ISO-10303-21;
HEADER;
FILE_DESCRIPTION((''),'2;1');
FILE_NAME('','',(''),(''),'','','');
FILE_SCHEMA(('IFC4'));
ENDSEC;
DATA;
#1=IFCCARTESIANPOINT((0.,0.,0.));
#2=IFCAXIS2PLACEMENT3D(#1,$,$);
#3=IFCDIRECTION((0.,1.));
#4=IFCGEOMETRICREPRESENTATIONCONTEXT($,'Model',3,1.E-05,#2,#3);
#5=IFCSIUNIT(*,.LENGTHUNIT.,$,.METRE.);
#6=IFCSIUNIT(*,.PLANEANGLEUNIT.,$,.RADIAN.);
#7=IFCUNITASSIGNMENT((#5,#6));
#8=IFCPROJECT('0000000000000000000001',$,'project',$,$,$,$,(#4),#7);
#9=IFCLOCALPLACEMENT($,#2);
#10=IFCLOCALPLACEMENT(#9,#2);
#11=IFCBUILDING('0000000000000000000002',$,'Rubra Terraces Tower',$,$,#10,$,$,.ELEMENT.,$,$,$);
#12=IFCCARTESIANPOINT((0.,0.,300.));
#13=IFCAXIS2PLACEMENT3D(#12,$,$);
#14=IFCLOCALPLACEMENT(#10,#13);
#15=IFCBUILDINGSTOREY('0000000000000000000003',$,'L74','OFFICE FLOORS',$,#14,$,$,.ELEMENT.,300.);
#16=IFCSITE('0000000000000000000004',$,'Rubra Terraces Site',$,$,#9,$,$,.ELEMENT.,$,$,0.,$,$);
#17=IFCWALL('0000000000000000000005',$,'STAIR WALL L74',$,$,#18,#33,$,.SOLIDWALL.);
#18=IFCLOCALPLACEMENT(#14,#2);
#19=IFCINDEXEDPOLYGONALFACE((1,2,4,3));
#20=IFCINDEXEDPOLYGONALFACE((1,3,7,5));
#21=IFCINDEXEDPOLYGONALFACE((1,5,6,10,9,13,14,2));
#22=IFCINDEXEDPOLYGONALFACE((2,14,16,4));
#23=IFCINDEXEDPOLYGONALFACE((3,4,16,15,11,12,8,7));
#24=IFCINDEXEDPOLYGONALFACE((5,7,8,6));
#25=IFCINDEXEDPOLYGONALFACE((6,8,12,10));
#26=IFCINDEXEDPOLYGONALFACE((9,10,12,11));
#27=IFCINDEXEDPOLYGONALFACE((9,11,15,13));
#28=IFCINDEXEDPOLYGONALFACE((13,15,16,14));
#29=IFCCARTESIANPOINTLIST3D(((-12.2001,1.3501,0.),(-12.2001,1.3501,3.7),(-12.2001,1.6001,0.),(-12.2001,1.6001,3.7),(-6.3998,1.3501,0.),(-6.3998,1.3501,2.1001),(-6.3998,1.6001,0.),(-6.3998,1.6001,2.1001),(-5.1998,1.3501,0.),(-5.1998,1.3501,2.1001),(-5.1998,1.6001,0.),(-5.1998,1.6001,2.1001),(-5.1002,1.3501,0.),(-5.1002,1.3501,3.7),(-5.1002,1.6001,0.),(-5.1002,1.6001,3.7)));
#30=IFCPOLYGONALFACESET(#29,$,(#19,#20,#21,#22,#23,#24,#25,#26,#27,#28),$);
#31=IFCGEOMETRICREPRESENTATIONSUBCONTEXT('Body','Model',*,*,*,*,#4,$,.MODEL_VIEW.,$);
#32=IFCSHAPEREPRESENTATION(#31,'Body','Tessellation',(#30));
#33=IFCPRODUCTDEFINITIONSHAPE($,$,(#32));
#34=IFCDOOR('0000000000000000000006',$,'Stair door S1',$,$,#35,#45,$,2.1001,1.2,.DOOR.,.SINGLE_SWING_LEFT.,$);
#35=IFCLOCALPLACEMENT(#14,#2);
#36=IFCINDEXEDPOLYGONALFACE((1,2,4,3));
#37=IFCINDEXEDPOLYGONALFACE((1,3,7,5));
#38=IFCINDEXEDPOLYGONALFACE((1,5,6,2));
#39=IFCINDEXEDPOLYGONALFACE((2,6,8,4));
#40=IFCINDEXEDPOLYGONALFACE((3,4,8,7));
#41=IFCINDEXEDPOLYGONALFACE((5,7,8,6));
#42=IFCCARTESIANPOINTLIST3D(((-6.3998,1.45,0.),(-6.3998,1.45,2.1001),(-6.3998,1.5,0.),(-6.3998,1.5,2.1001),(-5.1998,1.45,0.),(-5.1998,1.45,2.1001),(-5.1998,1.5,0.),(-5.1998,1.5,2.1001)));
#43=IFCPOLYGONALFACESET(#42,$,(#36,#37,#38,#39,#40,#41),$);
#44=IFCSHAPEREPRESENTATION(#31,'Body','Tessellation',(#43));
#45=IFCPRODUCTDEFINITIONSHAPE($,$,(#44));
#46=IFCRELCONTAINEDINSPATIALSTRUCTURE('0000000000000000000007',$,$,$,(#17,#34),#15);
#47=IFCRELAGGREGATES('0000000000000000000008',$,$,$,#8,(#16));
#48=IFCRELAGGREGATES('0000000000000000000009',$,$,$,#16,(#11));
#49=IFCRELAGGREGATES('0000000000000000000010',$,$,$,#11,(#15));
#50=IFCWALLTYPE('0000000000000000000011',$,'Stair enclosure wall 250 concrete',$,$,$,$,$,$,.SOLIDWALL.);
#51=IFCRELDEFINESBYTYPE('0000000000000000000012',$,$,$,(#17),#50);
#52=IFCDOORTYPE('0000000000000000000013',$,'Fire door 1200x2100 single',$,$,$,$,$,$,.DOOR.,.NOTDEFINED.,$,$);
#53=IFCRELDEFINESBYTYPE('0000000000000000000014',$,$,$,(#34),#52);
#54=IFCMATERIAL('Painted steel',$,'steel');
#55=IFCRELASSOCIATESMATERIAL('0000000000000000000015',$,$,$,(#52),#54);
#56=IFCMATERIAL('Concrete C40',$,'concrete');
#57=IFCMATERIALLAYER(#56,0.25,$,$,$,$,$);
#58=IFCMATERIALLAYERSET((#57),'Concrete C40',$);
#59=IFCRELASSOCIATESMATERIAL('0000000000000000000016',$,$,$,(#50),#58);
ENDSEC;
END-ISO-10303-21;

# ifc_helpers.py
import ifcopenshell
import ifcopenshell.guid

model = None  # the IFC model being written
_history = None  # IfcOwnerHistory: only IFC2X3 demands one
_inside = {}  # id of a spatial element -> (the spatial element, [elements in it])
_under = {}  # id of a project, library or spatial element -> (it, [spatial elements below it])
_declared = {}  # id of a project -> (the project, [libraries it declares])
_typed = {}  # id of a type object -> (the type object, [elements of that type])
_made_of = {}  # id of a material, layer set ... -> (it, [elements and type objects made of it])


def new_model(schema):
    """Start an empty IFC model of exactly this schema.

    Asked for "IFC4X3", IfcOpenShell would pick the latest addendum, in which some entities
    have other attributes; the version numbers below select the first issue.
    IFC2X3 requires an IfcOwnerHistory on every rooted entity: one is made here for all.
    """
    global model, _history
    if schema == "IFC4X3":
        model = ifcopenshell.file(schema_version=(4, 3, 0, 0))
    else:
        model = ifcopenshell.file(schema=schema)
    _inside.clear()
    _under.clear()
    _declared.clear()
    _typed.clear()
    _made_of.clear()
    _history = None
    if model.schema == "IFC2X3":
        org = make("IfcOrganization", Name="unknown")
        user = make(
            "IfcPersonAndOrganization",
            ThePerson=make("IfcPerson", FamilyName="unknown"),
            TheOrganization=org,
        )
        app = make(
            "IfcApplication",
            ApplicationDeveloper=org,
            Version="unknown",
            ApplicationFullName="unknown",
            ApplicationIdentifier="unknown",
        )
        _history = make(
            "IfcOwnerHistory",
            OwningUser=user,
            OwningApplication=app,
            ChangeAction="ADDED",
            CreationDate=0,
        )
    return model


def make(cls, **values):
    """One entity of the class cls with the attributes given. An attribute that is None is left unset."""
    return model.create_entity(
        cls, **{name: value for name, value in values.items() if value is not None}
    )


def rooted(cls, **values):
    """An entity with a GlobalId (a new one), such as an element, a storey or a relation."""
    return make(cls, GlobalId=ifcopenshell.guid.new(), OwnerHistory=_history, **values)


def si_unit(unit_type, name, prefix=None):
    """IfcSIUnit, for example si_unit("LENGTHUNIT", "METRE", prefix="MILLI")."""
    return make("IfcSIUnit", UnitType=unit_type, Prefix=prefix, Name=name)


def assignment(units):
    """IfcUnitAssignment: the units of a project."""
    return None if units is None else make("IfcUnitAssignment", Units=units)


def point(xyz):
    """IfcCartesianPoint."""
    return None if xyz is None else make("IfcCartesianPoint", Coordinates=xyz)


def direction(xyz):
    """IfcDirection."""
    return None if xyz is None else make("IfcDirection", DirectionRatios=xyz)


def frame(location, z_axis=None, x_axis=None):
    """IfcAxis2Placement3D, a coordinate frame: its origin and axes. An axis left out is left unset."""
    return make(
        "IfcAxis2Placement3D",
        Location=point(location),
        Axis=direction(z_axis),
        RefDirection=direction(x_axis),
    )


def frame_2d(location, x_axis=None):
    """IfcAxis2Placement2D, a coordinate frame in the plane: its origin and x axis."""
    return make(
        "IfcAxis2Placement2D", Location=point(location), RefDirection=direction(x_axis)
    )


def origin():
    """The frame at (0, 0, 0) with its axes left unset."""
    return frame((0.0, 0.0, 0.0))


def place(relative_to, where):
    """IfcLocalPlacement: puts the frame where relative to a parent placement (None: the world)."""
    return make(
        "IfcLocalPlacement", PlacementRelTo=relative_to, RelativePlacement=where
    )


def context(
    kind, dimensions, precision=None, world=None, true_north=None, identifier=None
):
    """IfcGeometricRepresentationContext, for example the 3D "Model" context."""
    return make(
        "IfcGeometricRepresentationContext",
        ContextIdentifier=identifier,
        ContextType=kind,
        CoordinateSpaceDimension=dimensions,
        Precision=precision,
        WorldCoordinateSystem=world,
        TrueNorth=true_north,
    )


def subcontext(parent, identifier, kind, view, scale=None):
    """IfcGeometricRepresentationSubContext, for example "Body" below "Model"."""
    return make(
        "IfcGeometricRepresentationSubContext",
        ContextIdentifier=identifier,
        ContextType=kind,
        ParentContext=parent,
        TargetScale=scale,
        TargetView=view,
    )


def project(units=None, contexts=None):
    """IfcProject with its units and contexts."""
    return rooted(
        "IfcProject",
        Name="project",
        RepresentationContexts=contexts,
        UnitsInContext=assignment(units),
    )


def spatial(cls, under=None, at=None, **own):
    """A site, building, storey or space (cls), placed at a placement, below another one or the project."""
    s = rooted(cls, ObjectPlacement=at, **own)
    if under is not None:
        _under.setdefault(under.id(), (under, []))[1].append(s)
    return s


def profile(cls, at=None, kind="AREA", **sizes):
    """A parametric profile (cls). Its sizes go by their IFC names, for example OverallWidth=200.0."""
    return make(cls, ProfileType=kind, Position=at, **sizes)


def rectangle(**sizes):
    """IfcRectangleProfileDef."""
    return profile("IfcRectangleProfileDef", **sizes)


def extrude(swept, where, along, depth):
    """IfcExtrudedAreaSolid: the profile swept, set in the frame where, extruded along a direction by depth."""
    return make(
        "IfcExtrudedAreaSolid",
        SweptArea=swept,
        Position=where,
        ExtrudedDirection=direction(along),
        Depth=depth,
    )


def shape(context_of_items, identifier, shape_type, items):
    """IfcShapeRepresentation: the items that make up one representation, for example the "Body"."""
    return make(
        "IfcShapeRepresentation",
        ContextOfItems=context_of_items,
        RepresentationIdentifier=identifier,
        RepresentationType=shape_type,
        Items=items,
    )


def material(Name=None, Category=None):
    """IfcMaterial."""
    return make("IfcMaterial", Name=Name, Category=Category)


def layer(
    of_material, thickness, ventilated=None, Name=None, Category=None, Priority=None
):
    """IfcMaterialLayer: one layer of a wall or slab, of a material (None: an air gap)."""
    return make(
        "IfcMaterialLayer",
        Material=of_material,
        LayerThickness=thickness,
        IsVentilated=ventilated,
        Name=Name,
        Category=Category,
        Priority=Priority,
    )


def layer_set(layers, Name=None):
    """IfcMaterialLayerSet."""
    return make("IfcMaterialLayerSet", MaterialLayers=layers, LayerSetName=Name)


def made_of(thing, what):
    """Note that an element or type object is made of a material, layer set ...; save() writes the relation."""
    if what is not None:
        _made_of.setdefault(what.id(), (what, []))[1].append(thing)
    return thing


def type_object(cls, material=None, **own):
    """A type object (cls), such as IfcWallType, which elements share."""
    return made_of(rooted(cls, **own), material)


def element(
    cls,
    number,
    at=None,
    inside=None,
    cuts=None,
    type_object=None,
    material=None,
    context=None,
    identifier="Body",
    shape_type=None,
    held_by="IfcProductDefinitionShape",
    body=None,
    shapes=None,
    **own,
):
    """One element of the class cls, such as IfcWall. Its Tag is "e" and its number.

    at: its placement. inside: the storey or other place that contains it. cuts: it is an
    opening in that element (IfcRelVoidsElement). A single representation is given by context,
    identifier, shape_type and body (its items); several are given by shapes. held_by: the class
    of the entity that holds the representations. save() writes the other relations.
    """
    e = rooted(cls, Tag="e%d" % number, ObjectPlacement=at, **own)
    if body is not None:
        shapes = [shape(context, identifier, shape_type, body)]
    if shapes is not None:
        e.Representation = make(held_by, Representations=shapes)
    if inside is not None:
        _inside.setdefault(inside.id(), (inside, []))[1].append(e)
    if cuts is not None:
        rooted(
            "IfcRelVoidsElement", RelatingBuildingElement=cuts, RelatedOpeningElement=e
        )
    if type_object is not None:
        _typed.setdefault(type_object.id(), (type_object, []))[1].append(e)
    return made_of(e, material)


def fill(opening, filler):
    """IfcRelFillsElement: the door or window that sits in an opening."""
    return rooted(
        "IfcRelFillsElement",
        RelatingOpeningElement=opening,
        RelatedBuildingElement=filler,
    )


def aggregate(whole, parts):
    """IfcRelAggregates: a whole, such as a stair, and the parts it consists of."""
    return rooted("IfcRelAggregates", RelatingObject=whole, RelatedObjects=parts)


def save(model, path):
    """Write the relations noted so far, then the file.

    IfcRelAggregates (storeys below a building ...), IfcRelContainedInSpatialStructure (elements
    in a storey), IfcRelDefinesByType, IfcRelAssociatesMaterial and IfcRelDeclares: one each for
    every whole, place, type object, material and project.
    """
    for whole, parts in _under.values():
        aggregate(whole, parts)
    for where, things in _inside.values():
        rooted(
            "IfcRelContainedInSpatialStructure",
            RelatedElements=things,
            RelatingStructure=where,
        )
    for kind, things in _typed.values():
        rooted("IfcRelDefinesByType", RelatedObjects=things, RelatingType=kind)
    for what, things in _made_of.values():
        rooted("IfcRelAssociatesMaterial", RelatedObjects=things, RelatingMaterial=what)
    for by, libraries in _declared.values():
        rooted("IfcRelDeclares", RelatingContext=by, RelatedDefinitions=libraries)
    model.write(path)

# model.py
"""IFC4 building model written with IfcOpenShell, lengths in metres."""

from ifc_helpers import new_model, si_unit, direction, frame, frame_2d, origin, place, context, subcontext, project, spatial, rectangle, extrude, material, layer, layer_set, type_object, element, fill, save


model = new_model("IFC4")

# Units and contexts
model_context = context("Model", 3, precision=1e-05, world=origin(), true_north=direction((0.0, 1.0)))
body_context = subcontext(model_context, "Body", "Model", "MODEL_VIEW")
ifc_project = project(units=[si_unit("LENGTHUNIT", "METRE"), si_unit("PLANEANGLEUNIT", "RADIAN")], contexts=[model_context])

# Site, building, storey
site_placement = place(None, origin())
site = spatial("IfcSite", under=ifc_project, at=site_placement, Name="Rubra Terraces Site", CompositionType="ELEMENT", RefElevation=0.0)
building_placement = place(site_placement, origin())
building = spatial("IfcBuilding", under=site, at=building_placement, Name="Rubra Terraces Tower", CompositionType="ELEMENT")
storey_placement = place(building_placement, frame((0.0, 0.0, 300.0)))
storey = spatial("IfcBuildingStorey", under=building, at=storey_placement, Name="L74", Description="OFFICE FLOORS", CompositionType="ELEMENT", Elevation=300.0)

# Shared definitions
ifc_material_1 = material(Name="Painted steel", Category="steel")
door_type_1 = type_object("IfcDoorType", Name="Fire door 1200x2100 single", OperationType="NOTDEFINED", PredefinedType="DOOR", material=ifc_material_1)

# Wall, opening, door
ifc_material_2 = material(Name="Concrete C40", Category="concrete")
ifc_layer_1 = layer(ifc_material_2, 0.25)
ifc_layer_set_1 = layer_set([ifc_layer_1], Name="Concrete C40")
wall_type_1 = type_object("IfcWallType", Name="Stair enclosure wall 250 concrete", PredefinedType="SOLIDWALL", material=ifc_layer_set_1)
wall_1_placement = place(storey_placement, frame((-12.2, 1.4751, 0.0), z_axis=(0.0, 0.0, 1.0), x_axis=(1.0, 0.0, 0.0)))
wall_1 = element("IfcWall", 1, at=wall_1_placement, inside=storey, type_object=wall_type_1, Name="STAIR WALL L74", PredefinedType="SOLIDWALL", context=body_context, shape_type="SweptSolid", body=[
    extrude(rectangle(XDim=7.0999, YDim=0.25, at=frame_2d((3.5498, 0.0))), origin(), (0.0, 0.0, 1.0), 3.7),
])
opening_1_placement = place(wall_1_placement, frame((5.8, 0.0, 0.0)))
opening_1 = element("IfcOpeningElement", 2, at=opening_1_placement, cuts=wall_1, PredefinedType="OPENING", context=body_context, shape_type="SweptSolid", body=[
    extrude(rectangle(XDim=1.2, YDim=2.1001, at=frame_2d((0.6001, 1.05))), frame((0.0, 0.135, 0.0), z_axis=(0.0, -1.0, 0.0), x_axis=(1.0, 0.0, 0.0)), (0.0, 0.0, 1.0), 0.27),
])
door_1_placement = place(opening_1_placement, origin())
door_1 = element("IfcDoor", 3, at=door_1_placement, inside=storey, type_object=door_type_1, Name="Stair door S1", OperationType="SINGLE_SWING_LEFT", OverallHeight=2.1001, OverallWidth=1.2, PredefinedType="DOOR", context=body_context, shape_type="SweptSolid", body=[
    extrude(rectangle(XDim=1.2, YDim=2.1001, at=frame_2d((0.6001, 1.05))), frame((0.0, 0.0249, 0.0), z_axis=(0.0, -1.0, 0.0), x_axis=(1.0, 0.0, 0.0)), (0.0, 0.0, 1.0), 0.05),
])
fill(opening_1, door_1)

save(model, "model.ifc")
